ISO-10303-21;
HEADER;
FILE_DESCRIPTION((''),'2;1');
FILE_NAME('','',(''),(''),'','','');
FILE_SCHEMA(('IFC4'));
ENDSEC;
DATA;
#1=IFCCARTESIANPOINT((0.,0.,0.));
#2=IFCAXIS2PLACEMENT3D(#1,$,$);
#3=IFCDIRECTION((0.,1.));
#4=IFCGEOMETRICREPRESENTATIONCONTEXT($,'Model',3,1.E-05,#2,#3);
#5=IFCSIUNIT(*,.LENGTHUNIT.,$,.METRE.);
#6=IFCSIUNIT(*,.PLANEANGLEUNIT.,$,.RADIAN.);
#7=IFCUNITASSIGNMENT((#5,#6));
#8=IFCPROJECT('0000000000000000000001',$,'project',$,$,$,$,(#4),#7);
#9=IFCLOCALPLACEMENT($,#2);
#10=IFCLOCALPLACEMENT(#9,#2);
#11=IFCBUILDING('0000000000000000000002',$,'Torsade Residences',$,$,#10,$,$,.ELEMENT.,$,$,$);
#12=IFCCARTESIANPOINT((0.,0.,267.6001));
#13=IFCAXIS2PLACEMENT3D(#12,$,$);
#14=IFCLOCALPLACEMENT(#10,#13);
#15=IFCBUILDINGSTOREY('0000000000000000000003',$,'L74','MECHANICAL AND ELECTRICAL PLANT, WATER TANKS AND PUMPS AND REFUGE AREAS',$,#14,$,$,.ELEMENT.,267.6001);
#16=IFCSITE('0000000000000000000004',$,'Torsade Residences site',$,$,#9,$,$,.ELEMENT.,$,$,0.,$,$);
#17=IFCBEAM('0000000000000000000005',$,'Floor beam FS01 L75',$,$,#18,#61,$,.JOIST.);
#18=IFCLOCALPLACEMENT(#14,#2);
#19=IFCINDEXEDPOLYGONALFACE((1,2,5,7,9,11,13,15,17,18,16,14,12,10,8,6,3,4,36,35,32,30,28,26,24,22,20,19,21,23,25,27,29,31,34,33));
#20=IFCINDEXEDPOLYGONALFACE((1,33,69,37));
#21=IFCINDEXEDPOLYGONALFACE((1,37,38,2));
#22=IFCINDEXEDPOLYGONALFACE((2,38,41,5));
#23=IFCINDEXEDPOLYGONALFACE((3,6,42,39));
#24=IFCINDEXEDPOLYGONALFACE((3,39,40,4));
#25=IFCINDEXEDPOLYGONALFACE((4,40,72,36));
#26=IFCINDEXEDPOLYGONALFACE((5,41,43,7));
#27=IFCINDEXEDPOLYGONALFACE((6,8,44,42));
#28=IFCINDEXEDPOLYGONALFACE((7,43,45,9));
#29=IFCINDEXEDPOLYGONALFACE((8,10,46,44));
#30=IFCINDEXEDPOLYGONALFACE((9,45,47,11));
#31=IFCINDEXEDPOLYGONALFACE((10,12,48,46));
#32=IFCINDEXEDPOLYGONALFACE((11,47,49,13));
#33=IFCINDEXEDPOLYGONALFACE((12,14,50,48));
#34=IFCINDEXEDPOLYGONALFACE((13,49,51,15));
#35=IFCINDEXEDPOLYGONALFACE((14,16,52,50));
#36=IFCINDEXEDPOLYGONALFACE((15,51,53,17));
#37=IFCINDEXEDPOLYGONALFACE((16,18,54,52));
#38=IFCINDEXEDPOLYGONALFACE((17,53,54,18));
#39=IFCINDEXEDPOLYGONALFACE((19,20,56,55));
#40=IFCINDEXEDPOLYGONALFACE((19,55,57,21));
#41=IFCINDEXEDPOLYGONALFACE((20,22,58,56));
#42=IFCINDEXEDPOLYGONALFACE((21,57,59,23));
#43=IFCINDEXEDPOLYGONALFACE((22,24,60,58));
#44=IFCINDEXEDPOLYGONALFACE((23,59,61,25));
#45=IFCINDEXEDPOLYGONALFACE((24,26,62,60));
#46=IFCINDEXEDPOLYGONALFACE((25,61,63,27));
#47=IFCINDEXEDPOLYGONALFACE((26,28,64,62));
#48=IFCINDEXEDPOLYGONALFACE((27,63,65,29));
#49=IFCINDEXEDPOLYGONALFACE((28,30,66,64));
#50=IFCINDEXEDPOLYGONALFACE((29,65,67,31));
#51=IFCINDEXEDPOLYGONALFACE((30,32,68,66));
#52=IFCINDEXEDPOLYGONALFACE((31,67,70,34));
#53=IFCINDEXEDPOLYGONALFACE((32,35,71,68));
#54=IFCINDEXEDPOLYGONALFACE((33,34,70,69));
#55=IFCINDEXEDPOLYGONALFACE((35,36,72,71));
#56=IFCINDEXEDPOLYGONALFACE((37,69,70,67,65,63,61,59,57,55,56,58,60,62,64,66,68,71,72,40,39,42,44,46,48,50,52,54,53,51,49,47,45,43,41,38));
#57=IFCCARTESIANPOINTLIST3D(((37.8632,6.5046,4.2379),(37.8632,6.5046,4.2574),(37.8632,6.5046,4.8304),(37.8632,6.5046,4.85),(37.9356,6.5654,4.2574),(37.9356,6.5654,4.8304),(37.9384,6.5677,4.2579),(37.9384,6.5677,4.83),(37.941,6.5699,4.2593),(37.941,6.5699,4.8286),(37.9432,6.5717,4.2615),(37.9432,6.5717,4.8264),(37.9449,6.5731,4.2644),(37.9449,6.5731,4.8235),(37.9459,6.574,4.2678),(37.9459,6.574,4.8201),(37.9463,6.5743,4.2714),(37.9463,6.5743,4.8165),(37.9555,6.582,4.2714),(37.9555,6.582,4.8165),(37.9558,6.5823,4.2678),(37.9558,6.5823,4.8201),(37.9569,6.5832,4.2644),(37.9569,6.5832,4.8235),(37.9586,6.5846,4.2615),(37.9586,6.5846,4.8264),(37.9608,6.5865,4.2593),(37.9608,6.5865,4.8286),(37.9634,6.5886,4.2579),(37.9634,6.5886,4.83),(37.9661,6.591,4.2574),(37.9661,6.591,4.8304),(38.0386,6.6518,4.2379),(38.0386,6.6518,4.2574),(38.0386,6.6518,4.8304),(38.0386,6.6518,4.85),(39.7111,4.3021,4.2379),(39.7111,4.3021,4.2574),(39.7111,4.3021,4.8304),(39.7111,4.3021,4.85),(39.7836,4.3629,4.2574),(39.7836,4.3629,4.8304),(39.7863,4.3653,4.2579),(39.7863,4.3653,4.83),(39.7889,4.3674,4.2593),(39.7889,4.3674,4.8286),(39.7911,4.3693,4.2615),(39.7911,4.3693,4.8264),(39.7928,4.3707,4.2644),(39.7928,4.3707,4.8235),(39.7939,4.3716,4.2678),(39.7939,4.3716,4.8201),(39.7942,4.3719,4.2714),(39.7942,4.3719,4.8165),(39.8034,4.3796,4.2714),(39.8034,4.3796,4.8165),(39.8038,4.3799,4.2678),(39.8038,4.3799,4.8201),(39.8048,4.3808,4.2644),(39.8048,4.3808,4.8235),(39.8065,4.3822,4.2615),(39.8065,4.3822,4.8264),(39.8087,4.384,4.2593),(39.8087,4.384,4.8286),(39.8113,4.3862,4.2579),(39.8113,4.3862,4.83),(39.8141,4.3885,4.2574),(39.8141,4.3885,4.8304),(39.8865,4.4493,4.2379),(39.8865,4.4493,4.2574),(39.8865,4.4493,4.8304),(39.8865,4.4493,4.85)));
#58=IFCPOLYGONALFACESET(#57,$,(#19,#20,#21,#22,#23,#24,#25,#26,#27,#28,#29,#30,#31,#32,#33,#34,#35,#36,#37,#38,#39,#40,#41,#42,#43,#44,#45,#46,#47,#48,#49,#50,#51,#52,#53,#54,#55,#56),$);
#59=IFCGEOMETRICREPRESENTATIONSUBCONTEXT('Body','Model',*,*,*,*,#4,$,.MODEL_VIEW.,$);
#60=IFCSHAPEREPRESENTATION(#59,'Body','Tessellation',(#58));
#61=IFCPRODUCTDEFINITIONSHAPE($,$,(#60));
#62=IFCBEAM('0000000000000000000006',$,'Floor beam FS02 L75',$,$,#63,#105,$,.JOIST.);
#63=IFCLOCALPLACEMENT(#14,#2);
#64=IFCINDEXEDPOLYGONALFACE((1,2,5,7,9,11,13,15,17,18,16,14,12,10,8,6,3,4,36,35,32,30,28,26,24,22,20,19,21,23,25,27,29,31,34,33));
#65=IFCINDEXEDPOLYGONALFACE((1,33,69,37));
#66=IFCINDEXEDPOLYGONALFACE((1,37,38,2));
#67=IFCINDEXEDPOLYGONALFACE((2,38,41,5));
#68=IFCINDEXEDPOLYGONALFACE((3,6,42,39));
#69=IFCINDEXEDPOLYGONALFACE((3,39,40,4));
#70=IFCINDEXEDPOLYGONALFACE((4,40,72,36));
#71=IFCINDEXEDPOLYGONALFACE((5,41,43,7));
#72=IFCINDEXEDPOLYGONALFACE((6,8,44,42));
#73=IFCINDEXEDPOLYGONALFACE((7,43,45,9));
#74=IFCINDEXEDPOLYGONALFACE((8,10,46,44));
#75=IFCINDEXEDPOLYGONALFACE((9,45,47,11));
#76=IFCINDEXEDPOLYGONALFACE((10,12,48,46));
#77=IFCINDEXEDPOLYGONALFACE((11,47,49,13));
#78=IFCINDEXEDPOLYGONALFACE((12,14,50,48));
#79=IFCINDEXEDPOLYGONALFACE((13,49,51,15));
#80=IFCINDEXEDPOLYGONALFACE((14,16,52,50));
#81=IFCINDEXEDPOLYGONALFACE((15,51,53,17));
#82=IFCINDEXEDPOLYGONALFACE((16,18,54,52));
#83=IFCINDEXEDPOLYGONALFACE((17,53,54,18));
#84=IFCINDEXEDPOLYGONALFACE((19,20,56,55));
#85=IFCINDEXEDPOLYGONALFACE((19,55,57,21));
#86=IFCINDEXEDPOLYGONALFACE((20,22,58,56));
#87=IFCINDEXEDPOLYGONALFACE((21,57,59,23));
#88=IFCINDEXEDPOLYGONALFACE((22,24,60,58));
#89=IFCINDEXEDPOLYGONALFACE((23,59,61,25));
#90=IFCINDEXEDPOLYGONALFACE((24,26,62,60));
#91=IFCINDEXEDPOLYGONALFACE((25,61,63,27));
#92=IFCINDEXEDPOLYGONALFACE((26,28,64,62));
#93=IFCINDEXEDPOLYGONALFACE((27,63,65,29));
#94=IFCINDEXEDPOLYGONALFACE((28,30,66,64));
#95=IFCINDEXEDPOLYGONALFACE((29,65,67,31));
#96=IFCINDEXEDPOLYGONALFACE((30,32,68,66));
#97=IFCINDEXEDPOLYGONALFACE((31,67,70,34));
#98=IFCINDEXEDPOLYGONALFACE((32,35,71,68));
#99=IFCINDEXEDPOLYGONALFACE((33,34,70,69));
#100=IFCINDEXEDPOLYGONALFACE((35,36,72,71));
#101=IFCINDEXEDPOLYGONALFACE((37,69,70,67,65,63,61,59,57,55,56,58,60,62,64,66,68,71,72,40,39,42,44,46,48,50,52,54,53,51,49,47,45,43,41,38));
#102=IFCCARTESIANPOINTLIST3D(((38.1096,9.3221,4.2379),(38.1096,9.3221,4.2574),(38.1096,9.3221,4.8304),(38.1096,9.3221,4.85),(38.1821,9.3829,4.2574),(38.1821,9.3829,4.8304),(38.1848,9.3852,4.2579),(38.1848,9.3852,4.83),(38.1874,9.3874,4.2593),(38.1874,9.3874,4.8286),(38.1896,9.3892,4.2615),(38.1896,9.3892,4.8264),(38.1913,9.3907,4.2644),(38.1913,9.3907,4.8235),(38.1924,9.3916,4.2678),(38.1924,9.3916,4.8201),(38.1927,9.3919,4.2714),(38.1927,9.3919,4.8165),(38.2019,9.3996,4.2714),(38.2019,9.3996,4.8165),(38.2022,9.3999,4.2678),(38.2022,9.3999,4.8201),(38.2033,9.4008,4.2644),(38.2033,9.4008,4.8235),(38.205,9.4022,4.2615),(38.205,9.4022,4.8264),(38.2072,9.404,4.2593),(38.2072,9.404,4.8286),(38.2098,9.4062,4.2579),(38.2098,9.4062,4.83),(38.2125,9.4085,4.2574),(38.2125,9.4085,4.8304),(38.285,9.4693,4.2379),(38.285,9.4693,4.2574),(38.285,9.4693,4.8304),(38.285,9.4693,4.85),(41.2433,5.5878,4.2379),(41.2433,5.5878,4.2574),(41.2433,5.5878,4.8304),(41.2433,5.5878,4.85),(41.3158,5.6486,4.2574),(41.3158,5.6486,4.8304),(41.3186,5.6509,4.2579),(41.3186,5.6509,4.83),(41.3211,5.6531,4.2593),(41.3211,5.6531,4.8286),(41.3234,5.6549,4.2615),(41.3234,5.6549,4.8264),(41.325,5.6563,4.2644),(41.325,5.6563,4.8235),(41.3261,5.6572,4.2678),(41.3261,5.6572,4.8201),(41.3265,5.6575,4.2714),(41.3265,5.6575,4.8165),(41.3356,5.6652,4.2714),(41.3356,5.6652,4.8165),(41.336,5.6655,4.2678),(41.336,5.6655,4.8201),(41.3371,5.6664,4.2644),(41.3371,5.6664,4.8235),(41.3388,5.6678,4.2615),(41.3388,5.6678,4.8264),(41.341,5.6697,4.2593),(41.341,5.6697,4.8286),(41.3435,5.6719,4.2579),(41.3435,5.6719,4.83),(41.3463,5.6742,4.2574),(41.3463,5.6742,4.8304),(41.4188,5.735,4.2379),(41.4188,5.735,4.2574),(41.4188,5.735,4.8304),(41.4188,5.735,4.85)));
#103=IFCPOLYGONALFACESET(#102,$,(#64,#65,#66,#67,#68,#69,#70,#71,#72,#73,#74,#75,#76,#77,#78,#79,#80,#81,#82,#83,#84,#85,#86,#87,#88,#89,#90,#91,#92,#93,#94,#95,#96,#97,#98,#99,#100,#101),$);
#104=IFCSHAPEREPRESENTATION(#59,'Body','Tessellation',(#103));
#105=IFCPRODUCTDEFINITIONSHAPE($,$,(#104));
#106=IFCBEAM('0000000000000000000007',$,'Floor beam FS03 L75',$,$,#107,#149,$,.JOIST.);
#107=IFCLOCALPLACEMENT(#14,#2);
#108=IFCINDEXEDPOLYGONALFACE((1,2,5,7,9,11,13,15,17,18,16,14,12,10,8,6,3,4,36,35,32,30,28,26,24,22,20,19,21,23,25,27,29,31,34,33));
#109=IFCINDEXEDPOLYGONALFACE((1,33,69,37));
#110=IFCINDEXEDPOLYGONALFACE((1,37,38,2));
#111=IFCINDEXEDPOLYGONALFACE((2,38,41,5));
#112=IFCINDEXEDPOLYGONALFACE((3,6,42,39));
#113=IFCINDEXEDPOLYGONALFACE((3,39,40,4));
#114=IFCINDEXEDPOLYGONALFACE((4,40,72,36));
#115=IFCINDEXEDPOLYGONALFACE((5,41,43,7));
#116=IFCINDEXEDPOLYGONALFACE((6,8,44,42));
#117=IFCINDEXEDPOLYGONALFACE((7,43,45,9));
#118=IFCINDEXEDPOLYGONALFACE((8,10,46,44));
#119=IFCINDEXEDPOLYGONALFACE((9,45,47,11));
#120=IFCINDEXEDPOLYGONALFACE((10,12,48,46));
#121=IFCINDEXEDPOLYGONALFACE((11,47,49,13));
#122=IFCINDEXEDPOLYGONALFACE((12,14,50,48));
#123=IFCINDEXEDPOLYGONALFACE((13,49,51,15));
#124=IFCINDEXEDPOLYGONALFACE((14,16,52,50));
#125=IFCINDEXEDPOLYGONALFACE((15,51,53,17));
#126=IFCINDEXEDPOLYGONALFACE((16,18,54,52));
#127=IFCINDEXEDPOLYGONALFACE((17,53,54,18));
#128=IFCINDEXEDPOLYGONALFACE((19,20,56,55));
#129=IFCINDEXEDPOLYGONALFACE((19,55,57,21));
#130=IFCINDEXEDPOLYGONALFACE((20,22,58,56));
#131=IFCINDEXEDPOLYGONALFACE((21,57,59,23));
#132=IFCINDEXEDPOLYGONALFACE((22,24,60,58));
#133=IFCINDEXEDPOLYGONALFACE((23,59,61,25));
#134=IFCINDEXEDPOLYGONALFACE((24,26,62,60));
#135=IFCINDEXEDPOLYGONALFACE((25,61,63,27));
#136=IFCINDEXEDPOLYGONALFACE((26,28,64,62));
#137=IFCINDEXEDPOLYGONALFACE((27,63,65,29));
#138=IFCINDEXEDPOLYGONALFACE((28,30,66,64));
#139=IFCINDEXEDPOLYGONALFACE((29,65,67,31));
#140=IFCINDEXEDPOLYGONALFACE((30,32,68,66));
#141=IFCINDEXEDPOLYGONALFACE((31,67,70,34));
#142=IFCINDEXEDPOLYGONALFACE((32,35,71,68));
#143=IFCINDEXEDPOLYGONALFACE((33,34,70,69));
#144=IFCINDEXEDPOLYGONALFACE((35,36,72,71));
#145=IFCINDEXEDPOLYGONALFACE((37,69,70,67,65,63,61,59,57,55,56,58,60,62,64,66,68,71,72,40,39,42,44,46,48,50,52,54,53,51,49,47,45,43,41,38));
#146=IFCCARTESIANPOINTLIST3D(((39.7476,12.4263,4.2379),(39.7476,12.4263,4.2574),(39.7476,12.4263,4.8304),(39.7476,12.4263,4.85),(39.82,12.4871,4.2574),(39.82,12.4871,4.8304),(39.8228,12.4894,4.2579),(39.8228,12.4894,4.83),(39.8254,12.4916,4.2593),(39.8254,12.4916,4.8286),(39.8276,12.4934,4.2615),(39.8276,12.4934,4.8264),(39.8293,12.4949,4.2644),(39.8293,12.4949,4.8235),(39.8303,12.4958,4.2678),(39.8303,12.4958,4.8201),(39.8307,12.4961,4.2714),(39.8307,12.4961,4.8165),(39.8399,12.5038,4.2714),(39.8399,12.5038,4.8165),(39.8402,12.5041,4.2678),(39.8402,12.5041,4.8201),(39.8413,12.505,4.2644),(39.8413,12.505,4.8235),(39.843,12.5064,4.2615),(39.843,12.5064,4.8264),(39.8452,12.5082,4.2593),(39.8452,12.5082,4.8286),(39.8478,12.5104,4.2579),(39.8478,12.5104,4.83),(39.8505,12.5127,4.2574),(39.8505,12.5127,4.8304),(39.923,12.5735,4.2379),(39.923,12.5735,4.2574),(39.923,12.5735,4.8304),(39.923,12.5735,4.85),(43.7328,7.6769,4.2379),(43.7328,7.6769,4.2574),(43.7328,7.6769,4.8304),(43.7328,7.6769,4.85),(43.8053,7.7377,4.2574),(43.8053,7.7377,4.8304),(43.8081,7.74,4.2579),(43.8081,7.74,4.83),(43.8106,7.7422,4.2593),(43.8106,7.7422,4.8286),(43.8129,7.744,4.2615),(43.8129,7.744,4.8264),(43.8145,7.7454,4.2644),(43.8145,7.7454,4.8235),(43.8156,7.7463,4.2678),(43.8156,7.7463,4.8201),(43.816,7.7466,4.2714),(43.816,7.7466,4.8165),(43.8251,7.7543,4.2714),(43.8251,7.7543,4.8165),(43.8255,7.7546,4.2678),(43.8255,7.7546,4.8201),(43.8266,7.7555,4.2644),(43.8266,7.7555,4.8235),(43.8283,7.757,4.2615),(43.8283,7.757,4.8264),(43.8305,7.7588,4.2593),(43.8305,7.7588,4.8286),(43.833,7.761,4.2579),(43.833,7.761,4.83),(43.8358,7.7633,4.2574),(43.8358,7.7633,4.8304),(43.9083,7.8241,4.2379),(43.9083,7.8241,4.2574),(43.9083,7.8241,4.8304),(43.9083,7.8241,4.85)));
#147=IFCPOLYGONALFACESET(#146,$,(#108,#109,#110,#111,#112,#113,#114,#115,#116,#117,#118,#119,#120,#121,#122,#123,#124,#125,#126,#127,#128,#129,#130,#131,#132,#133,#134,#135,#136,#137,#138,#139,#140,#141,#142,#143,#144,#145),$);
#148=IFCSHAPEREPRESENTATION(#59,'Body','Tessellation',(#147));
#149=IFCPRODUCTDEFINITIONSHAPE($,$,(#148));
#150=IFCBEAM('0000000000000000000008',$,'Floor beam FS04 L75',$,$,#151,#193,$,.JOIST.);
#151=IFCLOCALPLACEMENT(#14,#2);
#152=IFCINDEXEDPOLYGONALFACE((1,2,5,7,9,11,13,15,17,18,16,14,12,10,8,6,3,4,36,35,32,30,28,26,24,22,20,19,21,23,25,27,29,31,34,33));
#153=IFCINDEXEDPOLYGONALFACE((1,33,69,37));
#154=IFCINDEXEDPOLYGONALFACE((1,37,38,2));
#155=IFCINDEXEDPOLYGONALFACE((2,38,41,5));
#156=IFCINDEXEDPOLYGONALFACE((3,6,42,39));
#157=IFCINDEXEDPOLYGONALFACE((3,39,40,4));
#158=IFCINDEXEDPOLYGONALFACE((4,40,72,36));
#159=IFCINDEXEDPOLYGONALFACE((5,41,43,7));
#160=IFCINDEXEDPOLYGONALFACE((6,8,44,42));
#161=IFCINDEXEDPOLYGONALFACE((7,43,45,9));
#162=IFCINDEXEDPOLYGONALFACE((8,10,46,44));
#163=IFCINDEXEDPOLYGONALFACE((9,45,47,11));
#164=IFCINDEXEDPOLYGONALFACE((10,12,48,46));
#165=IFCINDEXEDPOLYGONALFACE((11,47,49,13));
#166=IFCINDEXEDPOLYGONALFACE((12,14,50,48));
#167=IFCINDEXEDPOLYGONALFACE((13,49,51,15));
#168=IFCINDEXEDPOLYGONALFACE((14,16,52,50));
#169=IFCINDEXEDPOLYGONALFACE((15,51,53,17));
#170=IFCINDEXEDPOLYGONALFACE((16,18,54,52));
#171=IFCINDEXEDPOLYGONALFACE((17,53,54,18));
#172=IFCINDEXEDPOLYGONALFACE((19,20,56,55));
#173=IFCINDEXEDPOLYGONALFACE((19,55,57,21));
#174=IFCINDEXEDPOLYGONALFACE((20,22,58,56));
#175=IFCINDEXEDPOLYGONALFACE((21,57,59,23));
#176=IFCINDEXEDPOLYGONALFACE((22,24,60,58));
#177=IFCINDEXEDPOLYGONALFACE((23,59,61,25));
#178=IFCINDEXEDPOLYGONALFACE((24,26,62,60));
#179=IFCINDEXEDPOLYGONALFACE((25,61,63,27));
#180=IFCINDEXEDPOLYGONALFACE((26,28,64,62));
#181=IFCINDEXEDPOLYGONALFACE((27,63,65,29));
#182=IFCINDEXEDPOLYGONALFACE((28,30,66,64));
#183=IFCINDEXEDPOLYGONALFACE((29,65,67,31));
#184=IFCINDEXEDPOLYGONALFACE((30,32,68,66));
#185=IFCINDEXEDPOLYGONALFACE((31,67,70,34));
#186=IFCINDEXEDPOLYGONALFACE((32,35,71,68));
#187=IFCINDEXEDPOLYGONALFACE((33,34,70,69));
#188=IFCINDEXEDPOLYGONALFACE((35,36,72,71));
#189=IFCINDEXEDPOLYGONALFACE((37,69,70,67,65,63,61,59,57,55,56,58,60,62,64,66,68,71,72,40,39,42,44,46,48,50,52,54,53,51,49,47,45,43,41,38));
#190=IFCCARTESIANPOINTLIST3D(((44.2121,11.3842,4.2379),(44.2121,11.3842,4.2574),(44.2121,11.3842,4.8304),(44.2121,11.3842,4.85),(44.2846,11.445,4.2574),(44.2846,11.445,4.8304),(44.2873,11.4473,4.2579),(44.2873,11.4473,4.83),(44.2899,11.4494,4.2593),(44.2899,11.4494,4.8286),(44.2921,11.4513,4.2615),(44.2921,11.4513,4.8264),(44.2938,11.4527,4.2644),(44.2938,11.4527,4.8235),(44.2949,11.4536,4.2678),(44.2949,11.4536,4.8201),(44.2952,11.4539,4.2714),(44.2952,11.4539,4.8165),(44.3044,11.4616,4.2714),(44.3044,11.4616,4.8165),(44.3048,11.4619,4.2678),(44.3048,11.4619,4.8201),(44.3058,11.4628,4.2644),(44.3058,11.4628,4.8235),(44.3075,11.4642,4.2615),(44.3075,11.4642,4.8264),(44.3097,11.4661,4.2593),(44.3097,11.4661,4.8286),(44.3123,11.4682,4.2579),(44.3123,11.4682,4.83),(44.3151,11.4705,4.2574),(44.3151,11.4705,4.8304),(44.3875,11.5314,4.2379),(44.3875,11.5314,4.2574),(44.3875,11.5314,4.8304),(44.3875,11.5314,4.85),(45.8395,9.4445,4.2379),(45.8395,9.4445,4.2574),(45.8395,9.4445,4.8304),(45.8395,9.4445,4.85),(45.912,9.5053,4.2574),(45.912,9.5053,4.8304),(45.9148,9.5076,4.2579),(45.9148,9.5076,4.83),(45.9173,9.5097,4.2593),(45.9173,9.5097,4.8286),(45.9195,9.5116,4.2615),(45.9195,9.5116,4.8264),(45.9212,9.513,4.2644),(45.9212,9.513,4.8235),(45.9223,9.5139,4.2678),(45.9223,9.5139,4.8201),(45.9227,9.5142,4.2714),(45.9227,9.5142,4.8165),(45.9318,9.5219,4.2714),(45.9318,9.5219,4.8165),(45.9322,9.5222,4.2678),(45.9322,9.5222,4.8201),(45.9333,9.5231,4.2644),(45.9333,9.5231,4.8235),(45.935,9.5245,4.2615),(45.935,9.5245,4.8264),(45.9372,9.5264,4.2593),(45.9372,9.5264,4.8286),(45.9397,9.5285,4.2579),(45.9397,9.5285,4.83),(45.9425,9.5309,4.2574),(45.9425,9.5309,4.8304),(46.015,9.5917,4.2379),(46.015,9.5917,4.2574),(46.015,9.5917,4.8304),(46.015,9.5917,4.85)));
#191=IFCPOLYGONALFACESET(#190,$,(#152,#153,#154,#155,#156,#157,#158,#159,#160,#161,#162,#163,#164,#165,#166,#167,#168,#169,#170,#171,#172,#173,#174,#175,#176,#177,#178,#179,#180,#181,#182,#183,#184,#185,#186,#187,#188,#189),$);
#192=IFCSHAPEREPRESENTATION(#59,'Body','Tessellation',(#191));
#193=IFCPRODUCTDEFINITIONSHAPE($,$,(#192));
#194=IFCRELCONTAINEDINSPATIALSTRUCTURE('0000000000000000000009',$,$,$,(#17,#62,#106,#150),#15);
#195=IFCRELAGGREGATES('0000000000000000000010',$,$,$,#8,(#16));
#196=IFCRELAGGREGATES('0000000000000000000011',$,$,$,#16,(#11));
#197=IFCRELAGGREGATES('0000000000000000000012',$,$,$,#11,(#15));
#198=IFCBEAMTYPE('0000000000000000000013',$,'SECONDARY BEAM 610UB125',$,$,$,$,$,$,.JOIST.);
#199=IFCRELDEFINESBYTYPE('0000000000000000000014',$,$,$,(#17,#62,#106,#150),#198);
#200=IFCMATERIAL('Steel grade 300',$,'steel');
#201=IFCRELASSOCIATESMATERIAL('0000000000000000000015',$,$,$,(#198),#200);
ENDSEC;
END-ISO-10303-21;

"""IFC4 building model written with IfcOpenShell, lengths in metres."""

from ifc_helpers import new_model, si_unit, direction, frame, origin, origin_2d, place, context, subcontext, project, spatial, i_section, extrude, material, material_profile, profile_set, type_object, element, save


model = new_model("IFC4")

# Units and contexts
model_context = context("Model", 3, precision=1e-05, world=origin(), true_north=direction((0.0, 1.0)))
body_context = subcontext(model_context, "Body", "Model", "MODEL_VIEW")
ifc_project = project(units=[si_unit("LENGTHUNIT", "METRE"), si_unit("PLANEANGLEUNIT", "RADIAN")], contexts=[model_context])

# Site, building, storey
site_placement = place(None, origin())
site = spatial("IfcSite", under=ifc_project, at=site_placement, Name="Torsade Residences site", CompositionType="ELEMENT", RefElevation=0.0)
building_placement = place(site_placement, origin())
building = spatial("IfcBuilding", under=site, at=building_placement, Name="Torsade Residences", CompositionType="ELEMENT")
storey_placement = place(building_placement, frame((0.0, 0.0, 267.6001)))
storey = spatial("IfcBuildingStorey", under=building, at=storey_placement, Name="L74", Description="MECHANICAL AND ELECTRICAL PLANT, WATER TANKS AND PUMPS AND REFUGE AREAS", CompositionType="ELEMENT", Elevation=267.6001)

# Beams
ifc_material_1 = material(Name="Steel grade 300", Category="steel")
ifc_material_profile_1 = material_profile(ifc_material_1, i_section(OverallWidth=0.229, OverallDepth=0.6121, WebThickness=0.012, FlangeThickness=0.0195, FilletRadius=0.0139, at=origin_2d()), Name="610UB125")
ifc_profile_set_1 = profile_set([ifc_material_profile_1], Name="Steel grade 300")
beam_type_1 = type_object("IfcBeamType", Name="SECONDARY BEAM 610UB125", PredefinedType="JOIST", material=ifc_profile_set_1)
beam_1_placement = place(storey_placement, frame((39.7988, 4.3757, 4.5439), z_axis=(-0.642762, 0.766066, 0.0), x_axis=(-0.766066, -0.642762, 0.0)))
element("IfcBeam", 1, at=beam_1_placement, inside=storey, type_object=beam_type_1, Name="Floor beam FS01 L75", PredefinedType="JOIST", context=body_context, shape_type="SweptSolid", body=[
    extrude(i_section(OverallWidth=0.229, OverallDepth=0.6121, WebThickness=0.012, FlangeThickness=0.0195, FilletRadius=0.0139, at=origin_2d()), origin(), (0.0, 0.0, 1.0), 2.875),
])
beam_2_placement = place(storey_placement, frame((41.3311, 5.6614, 4.5439), z_axis=(-0.642821, 0.766017, 0.0), x_axis=(-0.766017, -0.642821, 0.0)))
element("IfcBeam", 2, at=beam_2_placement, inside=storey, type_object=beam_type_1, Name="Floor beam FS02 L75", PredefinedType="JOIST", context=body_context, shape_type="SweptSolid", body=[
    extrude(i_section(OverallWidth=0.229, OverallDepth=0.6121, WebThickness=0.012, FlangeThickness=0.0195, FilletRadius=0.0139, at=origin_2d()), origin(), (0.0, 0.0, 1.0), 4.875),
])
beam_3_placement = place(storey_placement, frame((43.8206, 7.7505, 4.5439), z_axis=(-0.642791, 0.766041, 0.0), x_axis=(-0.766041, -0.642791, 0.0)))
element("IfcBeam", 3, at=beam_3_placement, inside=storey, type_object=beam_type_1, Name="Floor beam FS03 L75", PredefinedType="JOIST", context=body_context, shape_type="SweptSolid", body=[
    extrude(i_section(OverallWidth=0.229, OverallDepth=0.6121, WebThickness=0.012, FlangeThickness=0.0195, FilletRadius=0.0139, at=origin_2d()), origin(), (0.0, 0.0, 1.0), 6.2),
])
beam_4_placement = place(storey_placement, frame((45.9272, 9.5181, 4.5439), z_axis=(-0.642751, 0.766075, 0.0), x_axis=(-0.766075, -0.642751, 0.0)))
element("IfcBeam", 4, at=beam_4_placement, inside=storey, type_object=beam_type_1, Name="Floor beam FS04 L75", PredefinedType="JOIST", context=body_context, shape_type="SweptSolid", body=[
    extrude(i_section(OverallWidth=0.229, OverallDepth=0.6121, WebThickness=0.012, FlangeThickness=0.0195, FilletRadius=0.0139, at=origin_2d()), origin(), (0.0, 0.0, 1.0), 2.532),
])

save(model, "model.ifc")
